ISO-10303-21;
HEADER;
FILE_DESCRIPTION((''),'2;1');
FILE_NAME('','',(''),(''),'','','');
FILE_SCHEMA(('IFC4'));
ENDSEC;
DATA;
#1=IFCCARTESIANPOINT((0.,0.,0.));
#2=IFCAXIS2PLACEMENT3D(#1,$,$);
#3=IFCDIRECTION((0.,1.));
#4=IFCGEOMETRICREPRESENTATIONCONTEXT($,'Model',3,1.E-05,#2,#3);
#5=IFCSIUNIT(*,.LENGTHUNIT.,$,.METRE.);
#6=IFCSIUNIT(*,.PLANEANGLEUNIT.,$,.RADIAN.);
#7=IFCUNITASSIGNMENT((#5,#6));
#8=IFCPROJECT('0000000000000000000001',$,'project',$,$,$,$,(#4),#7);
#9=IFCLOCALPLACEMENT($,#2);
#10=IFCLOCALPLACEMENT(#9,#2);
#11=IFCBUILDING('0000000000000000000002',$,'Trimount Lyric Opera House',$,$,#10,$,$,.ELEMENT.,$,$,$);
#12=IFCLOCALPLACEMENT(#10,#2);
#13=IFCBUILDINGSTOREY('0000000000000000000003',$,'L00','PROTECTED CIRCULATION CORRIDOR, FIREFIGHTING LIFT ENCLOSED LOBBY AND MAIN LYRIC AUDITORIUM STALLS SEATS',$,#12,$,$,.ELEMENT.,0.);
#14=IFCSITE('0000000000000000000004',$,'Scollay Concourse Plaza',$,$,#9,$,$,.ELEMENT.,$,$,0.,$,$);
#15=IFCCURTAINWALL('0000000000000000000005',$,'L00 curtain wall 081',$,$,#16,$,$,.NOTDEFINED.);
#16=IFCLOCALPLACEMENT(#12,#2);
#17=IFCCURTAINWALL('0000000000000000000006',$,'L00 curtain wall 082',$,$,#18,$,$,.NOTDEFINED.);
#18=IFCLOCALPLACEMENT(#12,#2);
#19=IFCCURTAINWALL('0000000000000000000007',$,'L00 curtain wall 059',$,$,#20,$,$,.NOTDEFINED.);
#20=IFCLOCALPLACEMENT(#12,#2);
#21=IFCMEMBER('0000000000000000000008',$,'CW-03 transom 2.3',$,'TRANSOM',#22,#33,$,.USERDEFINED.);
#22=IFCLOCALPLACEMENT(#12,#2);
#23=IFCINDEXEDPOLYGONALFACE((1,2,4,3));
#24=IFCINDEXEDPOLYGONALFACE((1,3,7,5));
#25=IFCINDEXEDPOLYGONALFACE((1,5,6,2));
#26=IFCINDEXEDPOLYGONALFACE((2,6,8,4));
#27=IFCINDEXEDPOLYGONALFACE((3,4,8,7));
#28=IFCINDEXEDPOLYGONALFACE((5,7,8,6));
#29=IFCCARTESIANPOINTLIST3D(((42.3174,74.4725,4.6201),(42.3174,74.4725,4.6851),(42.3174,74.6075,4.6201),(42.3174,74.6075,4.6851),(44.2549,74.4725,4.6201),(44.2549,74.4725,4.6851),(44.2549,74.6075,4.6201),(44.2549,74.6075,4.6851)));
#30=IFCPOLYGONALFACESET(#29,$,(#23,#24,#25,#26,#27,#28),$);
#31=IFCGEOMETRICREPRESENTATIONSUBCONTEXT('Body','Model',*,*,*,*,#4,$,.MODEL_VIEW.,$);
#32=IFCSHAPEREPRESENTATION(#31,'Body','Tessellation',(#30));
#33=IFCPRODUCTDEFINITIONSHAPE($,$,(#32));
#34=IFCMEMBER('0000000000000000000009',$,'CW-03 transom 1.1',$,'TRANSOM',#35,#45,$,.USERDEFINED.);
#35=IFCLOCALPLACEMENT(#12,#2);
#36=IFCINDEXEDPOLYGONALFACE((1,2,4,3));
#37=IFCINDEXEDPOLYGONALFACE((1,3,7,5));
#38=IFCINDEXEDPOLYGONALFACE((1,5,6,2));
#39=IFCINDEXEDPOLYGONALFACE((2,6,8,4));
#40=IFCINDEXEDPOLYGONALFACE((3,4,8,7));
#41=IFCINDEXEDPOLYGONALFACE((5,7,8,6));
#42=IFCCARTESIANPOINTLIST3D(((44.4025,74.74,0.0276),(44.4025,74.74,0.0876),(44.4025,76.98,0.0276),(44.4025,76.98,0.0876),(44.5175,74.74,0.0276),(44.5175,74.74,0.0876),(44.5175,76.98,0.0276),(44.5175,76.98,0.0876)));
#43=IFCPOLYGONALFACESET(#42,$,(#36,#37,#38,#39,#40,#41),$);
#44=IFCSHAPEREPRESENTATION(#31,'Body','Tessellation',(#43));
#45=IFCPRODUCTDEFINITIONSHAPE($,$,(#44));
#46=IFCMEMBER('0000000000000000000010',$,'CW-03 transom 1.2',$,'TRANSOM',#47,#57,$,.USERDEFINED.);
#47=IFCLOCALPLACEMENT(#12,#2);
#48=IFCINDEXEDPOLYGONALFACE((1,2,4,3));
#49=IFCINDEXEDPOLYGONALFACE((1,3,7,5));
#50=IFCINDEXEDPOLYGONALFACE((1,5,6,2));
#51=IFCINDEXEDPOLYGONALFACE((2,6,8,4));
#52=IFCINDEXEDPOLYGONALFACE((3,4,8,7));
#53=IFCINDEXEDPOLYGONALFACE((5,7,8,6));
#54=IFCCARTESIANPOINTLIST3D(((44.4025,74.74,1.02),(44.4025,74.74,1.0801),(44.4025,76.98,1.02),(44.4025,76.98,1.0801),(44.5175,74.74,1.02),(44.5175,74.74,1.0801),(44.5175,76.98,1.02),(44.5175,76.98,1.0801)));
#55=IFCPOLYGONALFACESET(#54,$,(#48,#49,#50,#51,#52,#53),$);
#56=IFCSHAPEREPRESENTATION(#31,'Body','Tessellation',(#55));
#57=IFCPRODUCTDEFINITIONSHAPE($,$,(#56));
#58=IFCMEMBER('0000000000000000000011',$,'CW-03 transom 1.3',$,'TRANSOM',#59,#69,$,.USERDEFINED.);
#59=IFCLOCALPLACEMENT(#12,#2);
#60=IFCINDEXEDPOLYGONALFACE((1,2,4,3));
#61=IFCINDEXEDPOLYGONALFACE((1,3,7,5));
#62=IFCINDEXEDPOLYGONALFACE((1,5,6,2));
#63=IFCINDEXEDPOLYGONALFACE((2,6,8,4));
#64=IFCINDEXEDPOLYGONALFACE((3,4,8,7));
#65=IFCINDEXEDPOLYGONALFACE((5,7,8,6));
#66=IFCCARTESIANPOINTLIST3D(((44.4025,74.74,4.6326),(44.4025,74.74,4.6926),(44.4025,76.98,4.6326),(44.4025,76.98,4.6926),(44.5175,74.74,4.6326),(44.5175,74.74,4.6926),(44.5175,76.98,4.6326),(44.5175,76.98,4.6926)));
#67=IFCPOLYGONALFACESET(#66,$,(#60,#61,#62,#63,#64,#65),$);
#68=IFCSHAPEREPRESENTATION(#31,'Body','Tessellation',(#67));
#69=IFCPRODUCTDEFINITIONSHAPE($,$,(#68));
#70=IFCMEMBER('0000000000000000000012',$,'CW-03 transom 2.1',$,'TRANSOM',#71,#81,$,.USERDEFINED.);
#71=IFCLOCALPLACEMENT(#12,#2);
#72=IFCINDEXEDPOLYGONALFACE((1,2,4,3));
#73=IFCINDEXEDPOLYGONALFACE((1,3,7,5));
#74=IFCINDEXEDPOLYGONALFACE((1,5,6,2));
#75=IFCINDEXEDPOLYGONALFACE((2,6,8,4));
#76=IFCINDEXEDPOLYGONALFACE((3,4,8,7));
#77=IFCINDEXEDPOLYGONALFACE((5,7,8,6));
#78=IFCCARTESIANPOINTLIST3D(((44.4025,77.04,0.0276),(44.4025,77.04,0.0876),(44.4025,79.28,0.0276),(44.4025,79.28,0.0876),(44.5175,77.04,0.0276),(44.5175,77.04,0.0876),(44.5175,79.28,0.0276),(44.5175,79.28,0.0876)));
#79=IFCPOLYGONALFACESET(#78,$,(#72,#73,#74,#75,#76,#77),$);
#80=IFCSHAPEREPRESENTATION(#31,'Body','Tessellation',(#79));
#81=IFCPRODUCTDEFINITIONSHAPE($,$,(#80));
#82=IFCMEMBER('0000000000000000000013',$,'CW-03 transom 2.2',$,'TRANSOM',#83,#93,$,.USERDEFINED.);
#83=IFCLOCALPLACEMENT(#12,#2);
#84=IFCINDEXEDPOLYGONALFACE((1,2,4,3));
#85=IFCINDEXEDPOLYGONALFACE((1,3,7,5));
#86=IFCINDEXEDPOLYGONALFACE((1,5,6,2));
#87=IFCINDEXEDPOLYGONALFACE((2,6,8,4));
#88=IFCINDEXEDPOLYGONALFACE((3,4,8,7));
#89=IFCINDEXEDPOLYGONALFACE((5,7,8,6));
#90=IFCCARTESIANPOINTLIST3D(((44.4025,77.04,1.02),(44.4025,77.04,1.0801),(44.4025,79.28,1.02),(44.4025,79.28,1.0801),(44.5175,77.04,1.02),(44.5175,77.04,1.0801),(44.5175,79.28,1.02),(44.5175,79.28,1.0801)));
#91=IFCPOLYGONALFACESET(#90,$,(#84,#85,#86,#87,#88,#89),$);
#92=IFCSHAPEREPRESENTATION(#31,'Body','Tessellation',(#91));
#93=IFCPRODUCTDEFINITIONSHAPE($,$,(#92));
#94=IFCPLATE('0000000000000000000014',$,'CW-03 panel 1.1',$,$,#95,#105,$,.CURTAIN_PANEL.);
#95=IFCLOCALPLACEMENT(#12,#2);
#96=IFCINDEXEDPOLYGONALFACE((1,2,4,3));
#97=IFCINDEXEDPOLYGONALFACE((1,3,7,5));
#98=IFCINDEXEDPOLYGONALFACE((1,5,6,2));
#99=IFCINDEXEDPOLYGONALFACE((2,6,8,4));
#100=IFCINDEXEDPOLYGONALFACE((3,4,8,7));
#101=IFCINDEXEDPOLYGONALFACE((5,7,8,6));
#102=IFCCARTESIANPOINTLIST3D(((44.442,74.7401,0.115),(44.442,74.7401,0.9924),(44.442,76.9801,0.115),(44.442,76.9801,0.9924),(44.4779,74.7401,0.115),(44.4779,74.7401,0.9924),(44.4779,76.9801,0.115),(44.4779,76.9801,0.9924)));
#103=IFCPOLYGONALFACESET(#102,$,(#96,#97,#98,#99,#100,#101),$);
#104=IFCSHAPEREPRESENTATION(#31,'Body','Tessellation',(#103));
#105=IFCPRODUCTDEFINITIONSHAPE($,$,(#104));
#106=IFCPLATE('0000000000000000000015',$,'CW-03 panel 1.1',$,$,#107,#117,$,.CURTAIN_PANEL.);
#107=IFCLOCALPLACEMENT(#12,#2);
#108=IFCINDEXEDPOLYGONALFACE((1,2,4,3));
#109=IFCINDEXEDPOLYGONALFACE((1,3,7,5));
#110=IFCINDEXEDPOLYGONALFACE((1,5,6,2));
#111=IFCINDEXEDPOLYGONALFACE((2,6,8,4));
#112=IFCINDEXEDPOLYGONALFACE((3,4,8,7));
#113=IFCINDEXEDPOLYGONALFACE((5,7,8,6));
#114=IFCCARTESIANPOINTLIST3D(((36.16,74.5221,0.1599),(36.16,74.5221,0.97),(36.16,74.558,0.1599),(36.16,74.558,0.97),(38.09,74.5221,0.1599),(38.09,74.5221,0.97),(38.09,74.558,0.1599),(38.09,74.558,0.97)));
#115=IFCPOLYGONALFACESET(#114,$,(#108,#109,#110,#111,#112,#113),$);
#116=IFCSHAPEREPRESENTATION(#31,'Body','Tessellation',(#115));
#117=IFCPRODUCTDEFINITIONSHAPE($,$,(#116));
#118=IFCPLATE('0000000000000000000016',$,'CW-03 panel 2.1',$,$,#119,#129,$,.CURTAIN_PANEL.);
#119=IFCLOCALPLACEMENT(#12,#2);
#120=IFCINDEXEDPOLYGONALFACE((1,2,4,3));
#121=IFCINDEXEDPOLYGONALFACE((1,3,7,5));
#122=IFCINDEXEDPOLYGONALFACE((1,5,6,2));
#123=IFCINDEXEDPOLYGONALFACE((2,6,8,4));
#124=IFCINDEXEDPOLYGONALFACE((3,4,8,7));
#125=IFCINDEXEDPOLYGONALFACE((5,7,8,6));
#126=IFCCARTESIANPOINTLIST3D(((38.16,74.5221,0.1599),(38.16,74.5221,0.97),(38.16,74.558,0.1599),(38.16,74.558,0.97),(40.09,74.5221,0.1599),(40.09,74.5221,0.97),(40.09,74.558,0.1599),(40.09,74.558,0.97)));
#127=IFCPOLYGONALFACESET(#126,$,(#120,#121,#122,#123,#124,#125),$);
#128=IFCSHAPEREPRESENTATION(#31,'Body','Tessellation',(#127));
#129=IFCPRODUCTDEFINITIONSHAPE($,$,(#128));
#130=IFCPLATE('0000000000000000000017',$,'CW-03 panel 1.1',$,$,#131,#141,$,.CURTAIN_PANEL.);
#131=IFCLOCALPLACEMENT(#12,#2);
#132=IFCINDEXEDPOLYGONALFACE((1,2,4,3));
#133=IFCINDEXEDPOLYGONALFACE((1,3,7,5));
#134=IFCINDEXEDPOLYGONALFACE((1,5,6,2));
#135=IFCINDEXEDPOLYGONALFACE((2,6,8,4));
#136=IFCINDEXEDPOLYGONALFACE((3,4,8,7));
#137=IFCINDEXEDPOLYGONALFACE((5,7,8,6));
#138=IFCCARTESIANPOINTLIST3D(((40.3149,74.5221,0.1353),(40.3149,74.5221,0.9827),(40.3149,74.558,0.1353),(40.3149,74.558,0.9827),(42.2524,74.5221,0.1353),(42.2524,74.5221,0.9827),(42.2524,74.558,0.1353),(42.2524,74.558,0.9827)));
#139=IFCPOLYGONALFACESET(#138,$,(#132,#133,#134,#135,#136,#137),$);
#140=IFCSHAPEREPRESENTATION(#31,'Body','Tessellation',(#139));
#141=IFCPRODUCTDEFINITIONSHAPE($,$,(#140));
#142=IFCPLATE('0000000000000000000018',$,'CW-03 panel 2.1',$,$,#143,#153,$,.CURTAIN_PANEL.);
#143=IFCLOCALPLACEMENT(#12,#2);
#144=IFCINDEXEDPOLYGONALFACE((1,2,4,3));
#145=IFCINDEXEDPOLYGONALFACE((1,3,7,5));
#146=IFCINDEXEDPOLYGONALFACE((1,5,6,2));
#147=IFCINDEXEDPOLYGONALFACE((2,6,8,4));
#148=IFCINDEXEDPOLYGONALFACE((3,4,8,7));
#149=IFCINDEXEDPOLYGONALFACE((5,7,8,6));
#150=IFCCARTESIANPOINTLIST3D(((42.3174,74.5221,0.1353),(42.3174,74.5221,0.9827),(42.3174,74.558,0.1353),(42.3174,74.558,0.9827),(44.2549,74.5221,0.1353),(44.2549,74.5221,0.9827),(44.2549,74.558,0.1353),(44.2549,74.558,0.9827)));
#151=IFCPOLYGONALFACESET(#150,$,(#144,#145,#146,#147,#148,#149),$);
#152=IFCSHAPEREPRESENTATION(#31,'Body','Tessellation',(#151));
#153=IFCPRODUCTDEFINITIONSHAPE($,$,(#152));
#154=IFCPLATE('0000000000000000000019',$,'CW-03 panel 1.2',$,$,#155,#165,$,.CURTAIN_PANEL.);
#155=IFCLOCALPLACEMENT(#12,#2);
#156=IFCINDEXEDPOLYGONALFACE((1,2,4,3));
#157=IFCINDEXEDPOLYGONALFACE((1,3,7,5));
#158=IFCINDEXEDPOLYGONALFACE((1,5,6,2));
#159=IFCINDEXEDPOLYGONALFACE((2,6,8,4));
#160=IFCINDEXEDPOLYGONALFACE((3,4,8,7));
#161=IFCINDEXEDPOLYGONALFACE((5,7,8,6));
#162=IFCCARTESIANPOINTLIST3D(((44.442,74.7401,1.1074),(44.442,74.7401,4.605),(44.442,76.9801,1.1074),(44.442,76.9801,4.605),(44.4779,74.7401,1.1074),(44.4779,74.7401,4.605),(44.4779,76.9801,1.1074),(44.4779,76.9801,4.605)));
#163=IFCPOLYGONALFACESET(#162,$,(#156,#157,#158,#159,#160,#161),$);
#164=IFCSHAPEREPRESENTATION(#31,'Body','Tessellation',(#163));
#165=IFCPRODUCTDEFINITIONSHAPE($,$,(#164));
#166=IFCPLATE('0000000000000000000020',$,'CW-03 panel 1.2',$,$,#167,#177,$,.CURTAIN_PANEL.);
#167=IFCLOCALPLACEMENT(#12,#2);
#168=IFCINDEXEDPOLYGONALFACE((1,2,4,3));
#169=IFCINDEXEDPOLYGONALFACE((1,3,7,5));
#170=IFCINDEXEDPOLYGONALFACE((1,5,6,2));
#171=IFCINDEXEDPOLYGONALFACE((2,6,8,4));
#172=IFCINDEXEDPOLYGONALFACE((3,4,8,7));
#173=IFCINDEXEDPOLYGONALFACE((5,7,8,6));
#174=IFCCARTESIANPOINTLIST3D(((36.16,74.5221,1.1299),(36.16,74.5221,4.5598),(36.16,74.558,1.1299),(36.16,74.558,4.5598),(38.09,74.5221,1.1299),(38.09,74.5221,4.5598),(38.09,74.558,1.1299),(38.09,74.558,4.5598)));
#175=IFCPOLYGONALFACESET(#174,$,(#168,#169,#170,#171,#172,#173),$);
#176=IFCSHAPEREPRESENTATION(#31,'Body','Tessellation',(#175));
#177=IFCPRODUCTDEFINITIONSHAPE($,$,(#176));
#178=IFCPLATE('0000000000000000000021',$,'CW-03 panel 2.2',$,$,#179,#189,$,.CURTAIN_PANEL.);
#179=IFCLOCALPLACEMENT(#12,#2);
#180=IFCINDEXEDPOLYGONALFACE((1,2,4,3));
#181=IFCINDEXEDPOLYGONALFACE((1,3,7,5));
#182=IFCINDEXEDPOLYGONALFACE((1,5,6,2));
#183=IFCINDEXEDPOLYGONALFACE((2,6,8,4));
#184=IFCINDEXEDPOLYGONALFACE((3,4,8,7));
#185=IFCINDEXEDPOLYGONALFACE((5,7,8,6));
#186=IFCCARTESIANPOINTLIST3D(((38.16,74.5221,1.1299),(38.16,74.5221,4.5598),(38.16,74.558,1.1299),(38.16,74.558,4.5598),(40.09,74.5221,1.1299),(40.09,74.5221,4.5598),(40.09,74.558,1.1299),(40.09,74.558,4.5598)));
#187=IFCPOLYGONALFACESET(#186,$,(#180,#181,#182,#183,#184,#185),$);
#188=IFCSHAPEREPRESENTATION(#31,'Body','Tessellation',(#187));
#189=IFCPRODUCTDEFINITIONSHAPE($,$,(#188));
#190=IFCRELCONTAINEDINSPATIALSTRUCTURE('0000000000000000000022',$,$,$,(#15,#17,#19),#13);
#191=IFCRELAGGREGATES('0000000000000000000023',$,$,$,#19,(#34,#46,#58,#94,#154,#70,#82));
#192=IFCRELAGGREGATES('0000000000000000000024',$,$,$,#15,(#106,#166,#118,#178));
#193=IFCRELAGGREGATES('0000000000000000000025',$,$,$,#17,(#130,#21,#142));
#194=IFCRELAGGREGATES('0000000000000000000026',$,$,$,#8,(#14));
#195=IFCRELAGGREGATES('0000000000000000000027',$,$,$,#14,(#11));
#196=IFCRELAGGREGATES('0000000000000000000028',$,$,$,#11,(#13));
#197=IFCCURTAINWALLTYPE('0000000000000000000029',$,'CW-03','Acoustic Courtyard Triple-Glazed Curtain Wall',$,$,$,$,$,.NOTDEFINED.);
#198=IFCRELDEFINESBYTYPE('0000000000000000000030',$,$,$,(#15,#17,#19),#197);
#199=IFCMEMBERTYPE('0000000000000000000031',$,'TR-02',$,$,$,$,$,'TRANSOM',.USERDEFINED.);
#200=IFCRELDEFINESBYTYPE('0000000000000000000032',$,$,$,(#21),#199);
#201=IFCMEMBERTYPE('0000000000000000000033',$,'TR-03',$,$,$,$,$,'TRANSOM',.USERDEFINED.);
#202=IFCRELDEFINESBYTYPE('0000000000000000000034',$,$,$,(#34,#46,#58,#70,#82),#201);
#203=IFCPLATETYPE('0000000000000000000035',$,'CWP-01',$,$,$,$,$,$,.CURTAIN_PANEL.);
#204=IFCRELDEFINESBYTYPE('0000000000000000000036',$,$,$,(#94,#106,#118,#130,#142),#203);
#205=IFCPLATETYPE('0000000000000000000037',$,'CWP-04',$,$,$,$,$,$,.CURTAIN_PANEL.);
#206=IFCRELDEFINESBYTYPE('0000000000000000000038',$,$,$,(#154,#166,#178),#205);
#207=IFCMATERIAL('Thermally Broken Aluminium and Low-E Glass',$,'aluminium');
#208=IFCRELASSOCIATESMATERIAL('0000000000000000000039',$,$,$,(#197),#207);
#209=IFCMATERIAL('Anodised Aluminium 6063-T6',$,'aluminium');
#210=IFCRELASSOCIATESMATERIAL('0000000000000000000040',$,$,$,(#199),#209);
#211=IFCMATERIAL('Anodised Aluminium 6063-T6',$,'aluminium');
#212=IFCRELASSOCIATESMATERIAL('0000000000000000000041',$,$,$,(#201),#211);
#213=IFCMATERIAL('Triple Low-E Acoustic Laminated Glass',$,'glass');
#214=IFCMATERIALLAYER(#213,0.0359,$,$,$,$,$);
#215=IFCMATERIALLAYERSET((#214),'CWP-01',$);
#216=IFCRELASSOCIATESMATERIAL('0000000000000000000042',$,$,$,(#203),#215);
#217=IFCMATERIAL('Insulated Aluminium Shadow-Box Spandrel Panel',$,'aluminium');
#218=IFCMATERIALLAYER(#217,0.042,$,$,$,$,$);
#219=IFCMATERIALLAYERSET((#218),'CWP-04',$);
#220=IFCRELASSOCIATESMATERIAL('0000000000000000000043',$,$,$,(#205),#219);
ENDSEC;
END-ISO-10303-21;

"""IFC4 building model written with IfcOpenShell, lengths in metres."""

from ifc_helpers import new_model, si_unit, direction, frame, origin, origin_2d, place, context, subcontext, project, spatial, rectangle, extrude, material, layer, layer_set, material_profile, profile_set, type_object, element, aggregate, save


model = new_model("IFC4")

# Units and contexts
model_context = context("Model", 3, precision=1e-05, world=origin(), true_north=direction((0.0, 1.0)))
body_context = subcontext(model_context, "Body", "Model", "MODEL_VIEW")
ifc_project = project(units=[si_unit("LENGTHUNIT", "METRE"), si_unit("PLANEANGLEUNIT", "RADIAN")], contexts=[model_context])

# Site, building, storey
site_placement = place(None, origin())
site = spatial("IfcSite", under=ifc_project, at=site_placement, Name="Scollay Concourse Plaza", CompositionType="ELEMENT", RefElevation=0.0)
building_placement = place(site_placement, origin())
building = spatial("IfcBuilding", under=site, at=building_placement, Name="Trimount Lyric Opera House", CompositionType="ELEMENT")
storey_placement = place(building_placement, origin())
storey = spatial("IfcBuildingStorey", under=building, at=storey_placement, Name="L00", Description="PROTECTED CIRCULATION CORRIDOR, FIREFIGHTING LIFT ENCLOSED LOBBY AND MAIN LYRIC AUDITORIUM STALLS SEATS", CompositionType="ELEMENT", Elevation=0.0)

# Curtain walls
ifc_material_1 = material(Name="Thermally Broken Aluminium and Low-E Glass", Category="aluminium")
curtain_wall_type = type_object("IfcCurtainWallType", Name="CW-03", Description="Acoustic Courtyard Triple-Glazed Curtain Wall", PredefinedType="NOTDEFINED", material=ifc_material_1)
curtain_wall_1_placement = place(storey_placement, origin())
curtain_wall_1 = element("IfcCurtainWall", 1, at=curtain_wall_1_placement, inside=storey, type_object=curtain_wall_type, Name="L00 curtain wall 081", PredefinedType="NOTDEFINED")
curtain_wall_2_placement = place(storey_placement, origin())
curtain_wall_2 = element("IfcCurtainWall", 2, at=curtain_wall_2_placement, inside=storey, type_object=curtain_wall_type, Name="L00 curtain wall 082", PredefinedType="NOTDEFINED")
curtain_wall_3_placement = place(storey_placement, origin())
curtain_wall_3 = element("IfcCurtainWall", 3, at=curtain_wall_3_placement, inside=storey, type_object=curtain_wall_type, Name="L00 curtain wall 059", PredefinedType="NOTDEFINED")

# Members
ifc_material_2 = material(Name="Anodised Aluminium 6063-T6", Category="aluminium")
ifc_material_profile_1 = material_profile(ifc_material_2, rectangle(XDim=0.135, YDim=0.0649, at=origin_2d()), Name="ALU-TRAN-65X135")
ifc_profile_set_1 = profile_set([ifc_material_profile_1], Name="Anodised Aluminium 6063-T6")
member_type_1 = type_object("IfcMemberType", Name="TR-02", ElementType="TRANSOM", PredefinedType="USERDEFINED", material=ifc_profile_set_1)
member_1_placement = place(storey_placement, frame((42.3174, 74.54, 4.6526), z_axis=(1.0, 0.0, 0.0), x_axis=(0.0, 1.0, 0.0)))
member_1 = element("IfcMember", 4, at=member_1_placement, type_object=member_type_1, Name="CW-03 transom 2.3", ObjectType="TRANSOM", PredefinedType="USERDEFINED", context=body_context, shape_type="SweptSolid", body=[
    extrude(rectangle(XDim=0.135, YDim=0.0649, at=origin_2d()), origin(), (0.0, 0.0, 1.0), 1.9375),
])
ifc_material_3 = material(Name="Anodised Aluminium 6063-T6", Category="aluminium")
ifc_material_profile_2 = material_profile(ifc_material_3, rectangle(XDim=0.115, YDim=0.0601, at=origin_2d()), Name="ALU-TRAN-60X115")
ifc_profile_set_2 = profile_set([ifc_material_profile_2], Name="Anodised Aluminium 6063-T6")
member_type_2 = type_object("IfcMemberType", Name="TR-03", ElementType="TRANSOM", PredefinedType="USERDEFINED", material=ifc_profile_set_2)
member_2_placement = place(storey_placement, frame((44.46, 74.74, 0.0576), z_axis=(0.0, 1.0, 0.0), x_axis=(-1.0, 0.0, 0.0)))
member_2 = element("IfcMember", 5, at=member_2_placement, type_object=member_type_2, Name="CW-03 transom 1.1", ObjectType="TRANSOM", PredefinedType="USERDEFINED", context=body_context, shape_type="SweptSolid", body=[
    extrude(rectangle(XDim=0.115, YDim=0.0601, at=origin_2d()), origin(), (0.0, 0.0, 1.0), 2.24),
])
member_3_placement = place(storey_placement, frame((44.46, 74.74, 1.05), z_axis=(0.0, 1.0, 0.0), x_axis=(-1.0, 0.0, 0.0)))
member_3 = element("IfcMember", 6, at=member_3_placement, type_object=member_type_2, Name="CW-03 transom 1.2", ObjectType="TRANSOM", PredefinedType="USERDEFINED", context=body_context, shape_type="SweptSolid", body=[
    extrude(rectangle(XDim=0.115, YDim=0.0601, at=origin_2d()), origin(), (0.0, 0.0, 1.0), 2.24),
])
member_4_placement = place(storey_placement, frame((44.46, 74.74, 4.6626), z_axis=(0.0, 1.0, 0.0), x_axis=(-1.0, 0.0, 0.0)))
member_4 = element("IfcMember", 7, at=member_4_placement, type_object=member_type_2, Name="CW-03 transom 1.3", ObjectType="TRANSOM", PredefinedType="USERDEFINED", context=body_context, shape_type="SweptSolid", body=[
    extrude(rectangle(XDim=0.115, YDim=0.0601, at=origin_2d()), origin(), (0.0, 0.0, 1.0), 2.24),
])
member_5_placement = place(storey_placement, frame((44.46, 77.04, 0.0576), z_axis=(0.0, 1.0, 0.0), x_axis=(-1.0, 0.0, 0.0)))
member_5 = element("IfcMember", 8, at=member_5_placement, type_object=member_type_2, Name="CW-03 transom 2.1", ObjectType="TRANSOM", PredefinedType="USERDEFINED", context=body_context, shape_type="SweptSolid", body=[
    extrude(rectangle(XDim=0.115, YDim=0.0601, at=origin_2d()), origin(), (0.0, 0.0, 1.0), 2.24),
])
member_6_placement = place(storey_placement, frame((44.46, 77.04, 1.05), z_axis=(0.0, 1.0, 0.0), x_axis=(-1.0, 0.0, 0.0)))
member_6 = element("IfcMember", 9, at=member_6_placement, type_object=member_type_2, Name="CW-03 transom 2.2", ObjectType="TRANSOM", PredefinedType="USERDEFINED", context=body_context, shape_type="SweptSolid", body=[
    extrude(rectangle(XDim=0.115, YDim=0.0601, at=origin_2d()), origin(), (0.0, 0.0, 1.0), 2.24),
])

# Plates
ifc_material_4 = material(Name="Triple Low-E Acoustic Laminated Glass", Category="glass")
ifc_layer_1 = layer(ifc_material_4, 0.0359)
ifc_layer_set_1 = layer_set([ifc_layer_1], Name="CWP-01")
plate_type_1 = type_object("IfcPlateType", Name="CWP-01", PredefinedType="CURTAIN_PANEL", material=ifc_layer_set_1)
plate_1_placement = place(storey_placement, frame((44.46, 75.8601, 0.115), z_axis=(0.0, 0.0, 1.0), x_axis=(0.0, 1.0, 0.0)))
plate_1 = element("IfcPlate", 10, at=plate_1_placement, type_object=plate_type_1, Name="CW-03 panel 1.1", PredefinedType="CURTAIN_PANEL", context=body_context, shape_type="SweptSolid", body=[
    extrude(rectangle(XDim=2.24, YDim=0.0359, at=origin_2d()), origin(), (0.0, 0.0, 1.0), 0.8774),
])
plate_2_placement = place(storey_placement, frame((37.125, 74.54, 0.1599), z_axis=(0.0, 0.0, 1.0), x_axis=(1.0, 0.0, 0.0)))
plate_2 = element("IfcPlate", 11, at=plate_2_placement, type_object=plate_type_1, Name="CW-03 panel 1.1", PredefinedType="CURTAIN_PANEL", context=body_context, shape_type="SweptSolid", body=[
    extrude(rectangle(XDim=1.9299, YDim=0.0359, at=origin_2d()), origin(), (0.0, 0.0, 1.0), 0.8101),
])
plate_3_placement = place(storey_placement, frame((39.125, 74.54, 0.1599), z_axis=(0.0, 0.0, 1.0), x_axis=(1.0, 0.0, 0.0)))
plate_3 = element("IfcPlate", 12, at=plate_3_placement, type_object=plate_type_1, Name="CW-03 panel 2.1", PredefinedType="CURTAIN_PANEL", context=body_context, shape_type="SweptSolid", body=[
    extrude(rectangle(XDim=1.9299, YDim=0.0359, at=origin_2d()), origin(), (0.0, 0.0, 1.0), 0.8101),
])
plate_4_placement = place(storey_placement, frame((41.2837, 74.54, 0.1353), z_axis=(0.0, 0.0, 1.0), x_axis=(1.0, 0.0, 0.0)))
plate_4 = element("IfcPlate", 13, at=plate_4_placement, type_object=plate_type_1, Name="CW-03 panel 1.1", PredefinedType="CURTAIN_PANEL", context=body_context, shape_type="SweptSolid", body=[
    extrude(rectangle(XDim=1.9375, YDim=0.0359, at=origin_2d()), origin(), (0.0, 0.0, 1.0), 0.8474),
])
plate_5_placement = place(storey_placement, frame((43.2861, 74.54, 0.1353), z_axis=(0.0, 0.0, 1.0), x_axis=(1.0, 0.0, 0.0)))
plate_5 = element("IfcPlate", 14, at=plate_5_placement, type_object=plate_type_1, Name="CW-03 panel 2.1", PredefinedType="CURTAIN_PANEL", context=body_context, shape_type="SweptSolid", body=[
    extrude(rectangle(XDim=1.9375, YDim=0.0359, at=origin_2d()), origin(), (0.0, 0.0, 1.0), 0.8474),
])
ifc_material_5 = material(Name="Insulated Aluminium Shadow-Box Spandrel Panel", Category="aluminium")
ifc_layer_2 = layer(ifc_material_5, 0.042)
ifc_layer_set_2 = layer_set([ifc_layer_2], Name="CWP-04")
plate_type_2 = type_object("IfcPlateType", Name="CWP-04", PredefinedType="CURTAIN_PANEL", material=ifc_layer_set_2)
plate_6_placement = place(storey_placement, frame((44.46, 75.8601, 1.1074), z_axis=(0.0, 0.0, 1.0), x_axis=(0.0, 1.0, 0.0)))
plate_6 = element("IfcPlate", 15, at=plate_6_placement, type_object=plate_type_2, Name="CW-03 panel 1.2", PredefinedType="CURTAIN_PANEL", context=body_context, shape_type="SweptSolid", body=[
    extrude(rectangle(XDim=2.24, YDim=0.0359, at=origin_2d()), origin(), (0.0, 0.0, 1.0), 3.4976),
])
aggregate(curtain_wall_3, [member_2, member_3, member_4, plate_1, plate_6, member_5, member_6])
plate_7_placement = place(storey_placement, frame((37.125, 74.54, 1.1299), z_axis=(0.0, 0.0, 1.0), x_axis=(1.0, 0.0, 0.0)))
plate_7 = element("IfcPlate", 16, at=plate_7_placement, type_object=plate_type_2, Name="CW-03 panel 1.2", PredefinedType="CURTAIN_PANEL", context=body_context, shape_type="SweptSolid", body=[
    extrude(rectangle(XDim=1.9299, YDim=0.0359, at=origin_2d()), origin(), (0.0, 0.0, 1.0), 3.4299),
])
plate_8_placement = place(storey_placement, frame((39.125, 74.54, 1.1299), z_axis=(0.0, 0.0, 1.0), x_axis=(1.0, 0.0, 0.0)))
plate_8 = element("IfcPlate", 17, at=plate_8_placement, type_object=plate_type_2, Name="CW-03 panel 2.2", PredefinedType="CURTAIN_PANEL", context=body_context, shape_type="SweptSolid", body=[
    extrude(rectangle(XDim=1.9299, YDim=0.0359, at=origin_2d()), origin(), (0.0, 0.0, 1.0), 3.4299),
])
aggregate(curtain_wall_1, [plate_2, plate_7, plate_3, plate_8])
aggregate(curtain_wall_2, [plate_4, member_1, plate_5])

save(model, "model.ifc")
